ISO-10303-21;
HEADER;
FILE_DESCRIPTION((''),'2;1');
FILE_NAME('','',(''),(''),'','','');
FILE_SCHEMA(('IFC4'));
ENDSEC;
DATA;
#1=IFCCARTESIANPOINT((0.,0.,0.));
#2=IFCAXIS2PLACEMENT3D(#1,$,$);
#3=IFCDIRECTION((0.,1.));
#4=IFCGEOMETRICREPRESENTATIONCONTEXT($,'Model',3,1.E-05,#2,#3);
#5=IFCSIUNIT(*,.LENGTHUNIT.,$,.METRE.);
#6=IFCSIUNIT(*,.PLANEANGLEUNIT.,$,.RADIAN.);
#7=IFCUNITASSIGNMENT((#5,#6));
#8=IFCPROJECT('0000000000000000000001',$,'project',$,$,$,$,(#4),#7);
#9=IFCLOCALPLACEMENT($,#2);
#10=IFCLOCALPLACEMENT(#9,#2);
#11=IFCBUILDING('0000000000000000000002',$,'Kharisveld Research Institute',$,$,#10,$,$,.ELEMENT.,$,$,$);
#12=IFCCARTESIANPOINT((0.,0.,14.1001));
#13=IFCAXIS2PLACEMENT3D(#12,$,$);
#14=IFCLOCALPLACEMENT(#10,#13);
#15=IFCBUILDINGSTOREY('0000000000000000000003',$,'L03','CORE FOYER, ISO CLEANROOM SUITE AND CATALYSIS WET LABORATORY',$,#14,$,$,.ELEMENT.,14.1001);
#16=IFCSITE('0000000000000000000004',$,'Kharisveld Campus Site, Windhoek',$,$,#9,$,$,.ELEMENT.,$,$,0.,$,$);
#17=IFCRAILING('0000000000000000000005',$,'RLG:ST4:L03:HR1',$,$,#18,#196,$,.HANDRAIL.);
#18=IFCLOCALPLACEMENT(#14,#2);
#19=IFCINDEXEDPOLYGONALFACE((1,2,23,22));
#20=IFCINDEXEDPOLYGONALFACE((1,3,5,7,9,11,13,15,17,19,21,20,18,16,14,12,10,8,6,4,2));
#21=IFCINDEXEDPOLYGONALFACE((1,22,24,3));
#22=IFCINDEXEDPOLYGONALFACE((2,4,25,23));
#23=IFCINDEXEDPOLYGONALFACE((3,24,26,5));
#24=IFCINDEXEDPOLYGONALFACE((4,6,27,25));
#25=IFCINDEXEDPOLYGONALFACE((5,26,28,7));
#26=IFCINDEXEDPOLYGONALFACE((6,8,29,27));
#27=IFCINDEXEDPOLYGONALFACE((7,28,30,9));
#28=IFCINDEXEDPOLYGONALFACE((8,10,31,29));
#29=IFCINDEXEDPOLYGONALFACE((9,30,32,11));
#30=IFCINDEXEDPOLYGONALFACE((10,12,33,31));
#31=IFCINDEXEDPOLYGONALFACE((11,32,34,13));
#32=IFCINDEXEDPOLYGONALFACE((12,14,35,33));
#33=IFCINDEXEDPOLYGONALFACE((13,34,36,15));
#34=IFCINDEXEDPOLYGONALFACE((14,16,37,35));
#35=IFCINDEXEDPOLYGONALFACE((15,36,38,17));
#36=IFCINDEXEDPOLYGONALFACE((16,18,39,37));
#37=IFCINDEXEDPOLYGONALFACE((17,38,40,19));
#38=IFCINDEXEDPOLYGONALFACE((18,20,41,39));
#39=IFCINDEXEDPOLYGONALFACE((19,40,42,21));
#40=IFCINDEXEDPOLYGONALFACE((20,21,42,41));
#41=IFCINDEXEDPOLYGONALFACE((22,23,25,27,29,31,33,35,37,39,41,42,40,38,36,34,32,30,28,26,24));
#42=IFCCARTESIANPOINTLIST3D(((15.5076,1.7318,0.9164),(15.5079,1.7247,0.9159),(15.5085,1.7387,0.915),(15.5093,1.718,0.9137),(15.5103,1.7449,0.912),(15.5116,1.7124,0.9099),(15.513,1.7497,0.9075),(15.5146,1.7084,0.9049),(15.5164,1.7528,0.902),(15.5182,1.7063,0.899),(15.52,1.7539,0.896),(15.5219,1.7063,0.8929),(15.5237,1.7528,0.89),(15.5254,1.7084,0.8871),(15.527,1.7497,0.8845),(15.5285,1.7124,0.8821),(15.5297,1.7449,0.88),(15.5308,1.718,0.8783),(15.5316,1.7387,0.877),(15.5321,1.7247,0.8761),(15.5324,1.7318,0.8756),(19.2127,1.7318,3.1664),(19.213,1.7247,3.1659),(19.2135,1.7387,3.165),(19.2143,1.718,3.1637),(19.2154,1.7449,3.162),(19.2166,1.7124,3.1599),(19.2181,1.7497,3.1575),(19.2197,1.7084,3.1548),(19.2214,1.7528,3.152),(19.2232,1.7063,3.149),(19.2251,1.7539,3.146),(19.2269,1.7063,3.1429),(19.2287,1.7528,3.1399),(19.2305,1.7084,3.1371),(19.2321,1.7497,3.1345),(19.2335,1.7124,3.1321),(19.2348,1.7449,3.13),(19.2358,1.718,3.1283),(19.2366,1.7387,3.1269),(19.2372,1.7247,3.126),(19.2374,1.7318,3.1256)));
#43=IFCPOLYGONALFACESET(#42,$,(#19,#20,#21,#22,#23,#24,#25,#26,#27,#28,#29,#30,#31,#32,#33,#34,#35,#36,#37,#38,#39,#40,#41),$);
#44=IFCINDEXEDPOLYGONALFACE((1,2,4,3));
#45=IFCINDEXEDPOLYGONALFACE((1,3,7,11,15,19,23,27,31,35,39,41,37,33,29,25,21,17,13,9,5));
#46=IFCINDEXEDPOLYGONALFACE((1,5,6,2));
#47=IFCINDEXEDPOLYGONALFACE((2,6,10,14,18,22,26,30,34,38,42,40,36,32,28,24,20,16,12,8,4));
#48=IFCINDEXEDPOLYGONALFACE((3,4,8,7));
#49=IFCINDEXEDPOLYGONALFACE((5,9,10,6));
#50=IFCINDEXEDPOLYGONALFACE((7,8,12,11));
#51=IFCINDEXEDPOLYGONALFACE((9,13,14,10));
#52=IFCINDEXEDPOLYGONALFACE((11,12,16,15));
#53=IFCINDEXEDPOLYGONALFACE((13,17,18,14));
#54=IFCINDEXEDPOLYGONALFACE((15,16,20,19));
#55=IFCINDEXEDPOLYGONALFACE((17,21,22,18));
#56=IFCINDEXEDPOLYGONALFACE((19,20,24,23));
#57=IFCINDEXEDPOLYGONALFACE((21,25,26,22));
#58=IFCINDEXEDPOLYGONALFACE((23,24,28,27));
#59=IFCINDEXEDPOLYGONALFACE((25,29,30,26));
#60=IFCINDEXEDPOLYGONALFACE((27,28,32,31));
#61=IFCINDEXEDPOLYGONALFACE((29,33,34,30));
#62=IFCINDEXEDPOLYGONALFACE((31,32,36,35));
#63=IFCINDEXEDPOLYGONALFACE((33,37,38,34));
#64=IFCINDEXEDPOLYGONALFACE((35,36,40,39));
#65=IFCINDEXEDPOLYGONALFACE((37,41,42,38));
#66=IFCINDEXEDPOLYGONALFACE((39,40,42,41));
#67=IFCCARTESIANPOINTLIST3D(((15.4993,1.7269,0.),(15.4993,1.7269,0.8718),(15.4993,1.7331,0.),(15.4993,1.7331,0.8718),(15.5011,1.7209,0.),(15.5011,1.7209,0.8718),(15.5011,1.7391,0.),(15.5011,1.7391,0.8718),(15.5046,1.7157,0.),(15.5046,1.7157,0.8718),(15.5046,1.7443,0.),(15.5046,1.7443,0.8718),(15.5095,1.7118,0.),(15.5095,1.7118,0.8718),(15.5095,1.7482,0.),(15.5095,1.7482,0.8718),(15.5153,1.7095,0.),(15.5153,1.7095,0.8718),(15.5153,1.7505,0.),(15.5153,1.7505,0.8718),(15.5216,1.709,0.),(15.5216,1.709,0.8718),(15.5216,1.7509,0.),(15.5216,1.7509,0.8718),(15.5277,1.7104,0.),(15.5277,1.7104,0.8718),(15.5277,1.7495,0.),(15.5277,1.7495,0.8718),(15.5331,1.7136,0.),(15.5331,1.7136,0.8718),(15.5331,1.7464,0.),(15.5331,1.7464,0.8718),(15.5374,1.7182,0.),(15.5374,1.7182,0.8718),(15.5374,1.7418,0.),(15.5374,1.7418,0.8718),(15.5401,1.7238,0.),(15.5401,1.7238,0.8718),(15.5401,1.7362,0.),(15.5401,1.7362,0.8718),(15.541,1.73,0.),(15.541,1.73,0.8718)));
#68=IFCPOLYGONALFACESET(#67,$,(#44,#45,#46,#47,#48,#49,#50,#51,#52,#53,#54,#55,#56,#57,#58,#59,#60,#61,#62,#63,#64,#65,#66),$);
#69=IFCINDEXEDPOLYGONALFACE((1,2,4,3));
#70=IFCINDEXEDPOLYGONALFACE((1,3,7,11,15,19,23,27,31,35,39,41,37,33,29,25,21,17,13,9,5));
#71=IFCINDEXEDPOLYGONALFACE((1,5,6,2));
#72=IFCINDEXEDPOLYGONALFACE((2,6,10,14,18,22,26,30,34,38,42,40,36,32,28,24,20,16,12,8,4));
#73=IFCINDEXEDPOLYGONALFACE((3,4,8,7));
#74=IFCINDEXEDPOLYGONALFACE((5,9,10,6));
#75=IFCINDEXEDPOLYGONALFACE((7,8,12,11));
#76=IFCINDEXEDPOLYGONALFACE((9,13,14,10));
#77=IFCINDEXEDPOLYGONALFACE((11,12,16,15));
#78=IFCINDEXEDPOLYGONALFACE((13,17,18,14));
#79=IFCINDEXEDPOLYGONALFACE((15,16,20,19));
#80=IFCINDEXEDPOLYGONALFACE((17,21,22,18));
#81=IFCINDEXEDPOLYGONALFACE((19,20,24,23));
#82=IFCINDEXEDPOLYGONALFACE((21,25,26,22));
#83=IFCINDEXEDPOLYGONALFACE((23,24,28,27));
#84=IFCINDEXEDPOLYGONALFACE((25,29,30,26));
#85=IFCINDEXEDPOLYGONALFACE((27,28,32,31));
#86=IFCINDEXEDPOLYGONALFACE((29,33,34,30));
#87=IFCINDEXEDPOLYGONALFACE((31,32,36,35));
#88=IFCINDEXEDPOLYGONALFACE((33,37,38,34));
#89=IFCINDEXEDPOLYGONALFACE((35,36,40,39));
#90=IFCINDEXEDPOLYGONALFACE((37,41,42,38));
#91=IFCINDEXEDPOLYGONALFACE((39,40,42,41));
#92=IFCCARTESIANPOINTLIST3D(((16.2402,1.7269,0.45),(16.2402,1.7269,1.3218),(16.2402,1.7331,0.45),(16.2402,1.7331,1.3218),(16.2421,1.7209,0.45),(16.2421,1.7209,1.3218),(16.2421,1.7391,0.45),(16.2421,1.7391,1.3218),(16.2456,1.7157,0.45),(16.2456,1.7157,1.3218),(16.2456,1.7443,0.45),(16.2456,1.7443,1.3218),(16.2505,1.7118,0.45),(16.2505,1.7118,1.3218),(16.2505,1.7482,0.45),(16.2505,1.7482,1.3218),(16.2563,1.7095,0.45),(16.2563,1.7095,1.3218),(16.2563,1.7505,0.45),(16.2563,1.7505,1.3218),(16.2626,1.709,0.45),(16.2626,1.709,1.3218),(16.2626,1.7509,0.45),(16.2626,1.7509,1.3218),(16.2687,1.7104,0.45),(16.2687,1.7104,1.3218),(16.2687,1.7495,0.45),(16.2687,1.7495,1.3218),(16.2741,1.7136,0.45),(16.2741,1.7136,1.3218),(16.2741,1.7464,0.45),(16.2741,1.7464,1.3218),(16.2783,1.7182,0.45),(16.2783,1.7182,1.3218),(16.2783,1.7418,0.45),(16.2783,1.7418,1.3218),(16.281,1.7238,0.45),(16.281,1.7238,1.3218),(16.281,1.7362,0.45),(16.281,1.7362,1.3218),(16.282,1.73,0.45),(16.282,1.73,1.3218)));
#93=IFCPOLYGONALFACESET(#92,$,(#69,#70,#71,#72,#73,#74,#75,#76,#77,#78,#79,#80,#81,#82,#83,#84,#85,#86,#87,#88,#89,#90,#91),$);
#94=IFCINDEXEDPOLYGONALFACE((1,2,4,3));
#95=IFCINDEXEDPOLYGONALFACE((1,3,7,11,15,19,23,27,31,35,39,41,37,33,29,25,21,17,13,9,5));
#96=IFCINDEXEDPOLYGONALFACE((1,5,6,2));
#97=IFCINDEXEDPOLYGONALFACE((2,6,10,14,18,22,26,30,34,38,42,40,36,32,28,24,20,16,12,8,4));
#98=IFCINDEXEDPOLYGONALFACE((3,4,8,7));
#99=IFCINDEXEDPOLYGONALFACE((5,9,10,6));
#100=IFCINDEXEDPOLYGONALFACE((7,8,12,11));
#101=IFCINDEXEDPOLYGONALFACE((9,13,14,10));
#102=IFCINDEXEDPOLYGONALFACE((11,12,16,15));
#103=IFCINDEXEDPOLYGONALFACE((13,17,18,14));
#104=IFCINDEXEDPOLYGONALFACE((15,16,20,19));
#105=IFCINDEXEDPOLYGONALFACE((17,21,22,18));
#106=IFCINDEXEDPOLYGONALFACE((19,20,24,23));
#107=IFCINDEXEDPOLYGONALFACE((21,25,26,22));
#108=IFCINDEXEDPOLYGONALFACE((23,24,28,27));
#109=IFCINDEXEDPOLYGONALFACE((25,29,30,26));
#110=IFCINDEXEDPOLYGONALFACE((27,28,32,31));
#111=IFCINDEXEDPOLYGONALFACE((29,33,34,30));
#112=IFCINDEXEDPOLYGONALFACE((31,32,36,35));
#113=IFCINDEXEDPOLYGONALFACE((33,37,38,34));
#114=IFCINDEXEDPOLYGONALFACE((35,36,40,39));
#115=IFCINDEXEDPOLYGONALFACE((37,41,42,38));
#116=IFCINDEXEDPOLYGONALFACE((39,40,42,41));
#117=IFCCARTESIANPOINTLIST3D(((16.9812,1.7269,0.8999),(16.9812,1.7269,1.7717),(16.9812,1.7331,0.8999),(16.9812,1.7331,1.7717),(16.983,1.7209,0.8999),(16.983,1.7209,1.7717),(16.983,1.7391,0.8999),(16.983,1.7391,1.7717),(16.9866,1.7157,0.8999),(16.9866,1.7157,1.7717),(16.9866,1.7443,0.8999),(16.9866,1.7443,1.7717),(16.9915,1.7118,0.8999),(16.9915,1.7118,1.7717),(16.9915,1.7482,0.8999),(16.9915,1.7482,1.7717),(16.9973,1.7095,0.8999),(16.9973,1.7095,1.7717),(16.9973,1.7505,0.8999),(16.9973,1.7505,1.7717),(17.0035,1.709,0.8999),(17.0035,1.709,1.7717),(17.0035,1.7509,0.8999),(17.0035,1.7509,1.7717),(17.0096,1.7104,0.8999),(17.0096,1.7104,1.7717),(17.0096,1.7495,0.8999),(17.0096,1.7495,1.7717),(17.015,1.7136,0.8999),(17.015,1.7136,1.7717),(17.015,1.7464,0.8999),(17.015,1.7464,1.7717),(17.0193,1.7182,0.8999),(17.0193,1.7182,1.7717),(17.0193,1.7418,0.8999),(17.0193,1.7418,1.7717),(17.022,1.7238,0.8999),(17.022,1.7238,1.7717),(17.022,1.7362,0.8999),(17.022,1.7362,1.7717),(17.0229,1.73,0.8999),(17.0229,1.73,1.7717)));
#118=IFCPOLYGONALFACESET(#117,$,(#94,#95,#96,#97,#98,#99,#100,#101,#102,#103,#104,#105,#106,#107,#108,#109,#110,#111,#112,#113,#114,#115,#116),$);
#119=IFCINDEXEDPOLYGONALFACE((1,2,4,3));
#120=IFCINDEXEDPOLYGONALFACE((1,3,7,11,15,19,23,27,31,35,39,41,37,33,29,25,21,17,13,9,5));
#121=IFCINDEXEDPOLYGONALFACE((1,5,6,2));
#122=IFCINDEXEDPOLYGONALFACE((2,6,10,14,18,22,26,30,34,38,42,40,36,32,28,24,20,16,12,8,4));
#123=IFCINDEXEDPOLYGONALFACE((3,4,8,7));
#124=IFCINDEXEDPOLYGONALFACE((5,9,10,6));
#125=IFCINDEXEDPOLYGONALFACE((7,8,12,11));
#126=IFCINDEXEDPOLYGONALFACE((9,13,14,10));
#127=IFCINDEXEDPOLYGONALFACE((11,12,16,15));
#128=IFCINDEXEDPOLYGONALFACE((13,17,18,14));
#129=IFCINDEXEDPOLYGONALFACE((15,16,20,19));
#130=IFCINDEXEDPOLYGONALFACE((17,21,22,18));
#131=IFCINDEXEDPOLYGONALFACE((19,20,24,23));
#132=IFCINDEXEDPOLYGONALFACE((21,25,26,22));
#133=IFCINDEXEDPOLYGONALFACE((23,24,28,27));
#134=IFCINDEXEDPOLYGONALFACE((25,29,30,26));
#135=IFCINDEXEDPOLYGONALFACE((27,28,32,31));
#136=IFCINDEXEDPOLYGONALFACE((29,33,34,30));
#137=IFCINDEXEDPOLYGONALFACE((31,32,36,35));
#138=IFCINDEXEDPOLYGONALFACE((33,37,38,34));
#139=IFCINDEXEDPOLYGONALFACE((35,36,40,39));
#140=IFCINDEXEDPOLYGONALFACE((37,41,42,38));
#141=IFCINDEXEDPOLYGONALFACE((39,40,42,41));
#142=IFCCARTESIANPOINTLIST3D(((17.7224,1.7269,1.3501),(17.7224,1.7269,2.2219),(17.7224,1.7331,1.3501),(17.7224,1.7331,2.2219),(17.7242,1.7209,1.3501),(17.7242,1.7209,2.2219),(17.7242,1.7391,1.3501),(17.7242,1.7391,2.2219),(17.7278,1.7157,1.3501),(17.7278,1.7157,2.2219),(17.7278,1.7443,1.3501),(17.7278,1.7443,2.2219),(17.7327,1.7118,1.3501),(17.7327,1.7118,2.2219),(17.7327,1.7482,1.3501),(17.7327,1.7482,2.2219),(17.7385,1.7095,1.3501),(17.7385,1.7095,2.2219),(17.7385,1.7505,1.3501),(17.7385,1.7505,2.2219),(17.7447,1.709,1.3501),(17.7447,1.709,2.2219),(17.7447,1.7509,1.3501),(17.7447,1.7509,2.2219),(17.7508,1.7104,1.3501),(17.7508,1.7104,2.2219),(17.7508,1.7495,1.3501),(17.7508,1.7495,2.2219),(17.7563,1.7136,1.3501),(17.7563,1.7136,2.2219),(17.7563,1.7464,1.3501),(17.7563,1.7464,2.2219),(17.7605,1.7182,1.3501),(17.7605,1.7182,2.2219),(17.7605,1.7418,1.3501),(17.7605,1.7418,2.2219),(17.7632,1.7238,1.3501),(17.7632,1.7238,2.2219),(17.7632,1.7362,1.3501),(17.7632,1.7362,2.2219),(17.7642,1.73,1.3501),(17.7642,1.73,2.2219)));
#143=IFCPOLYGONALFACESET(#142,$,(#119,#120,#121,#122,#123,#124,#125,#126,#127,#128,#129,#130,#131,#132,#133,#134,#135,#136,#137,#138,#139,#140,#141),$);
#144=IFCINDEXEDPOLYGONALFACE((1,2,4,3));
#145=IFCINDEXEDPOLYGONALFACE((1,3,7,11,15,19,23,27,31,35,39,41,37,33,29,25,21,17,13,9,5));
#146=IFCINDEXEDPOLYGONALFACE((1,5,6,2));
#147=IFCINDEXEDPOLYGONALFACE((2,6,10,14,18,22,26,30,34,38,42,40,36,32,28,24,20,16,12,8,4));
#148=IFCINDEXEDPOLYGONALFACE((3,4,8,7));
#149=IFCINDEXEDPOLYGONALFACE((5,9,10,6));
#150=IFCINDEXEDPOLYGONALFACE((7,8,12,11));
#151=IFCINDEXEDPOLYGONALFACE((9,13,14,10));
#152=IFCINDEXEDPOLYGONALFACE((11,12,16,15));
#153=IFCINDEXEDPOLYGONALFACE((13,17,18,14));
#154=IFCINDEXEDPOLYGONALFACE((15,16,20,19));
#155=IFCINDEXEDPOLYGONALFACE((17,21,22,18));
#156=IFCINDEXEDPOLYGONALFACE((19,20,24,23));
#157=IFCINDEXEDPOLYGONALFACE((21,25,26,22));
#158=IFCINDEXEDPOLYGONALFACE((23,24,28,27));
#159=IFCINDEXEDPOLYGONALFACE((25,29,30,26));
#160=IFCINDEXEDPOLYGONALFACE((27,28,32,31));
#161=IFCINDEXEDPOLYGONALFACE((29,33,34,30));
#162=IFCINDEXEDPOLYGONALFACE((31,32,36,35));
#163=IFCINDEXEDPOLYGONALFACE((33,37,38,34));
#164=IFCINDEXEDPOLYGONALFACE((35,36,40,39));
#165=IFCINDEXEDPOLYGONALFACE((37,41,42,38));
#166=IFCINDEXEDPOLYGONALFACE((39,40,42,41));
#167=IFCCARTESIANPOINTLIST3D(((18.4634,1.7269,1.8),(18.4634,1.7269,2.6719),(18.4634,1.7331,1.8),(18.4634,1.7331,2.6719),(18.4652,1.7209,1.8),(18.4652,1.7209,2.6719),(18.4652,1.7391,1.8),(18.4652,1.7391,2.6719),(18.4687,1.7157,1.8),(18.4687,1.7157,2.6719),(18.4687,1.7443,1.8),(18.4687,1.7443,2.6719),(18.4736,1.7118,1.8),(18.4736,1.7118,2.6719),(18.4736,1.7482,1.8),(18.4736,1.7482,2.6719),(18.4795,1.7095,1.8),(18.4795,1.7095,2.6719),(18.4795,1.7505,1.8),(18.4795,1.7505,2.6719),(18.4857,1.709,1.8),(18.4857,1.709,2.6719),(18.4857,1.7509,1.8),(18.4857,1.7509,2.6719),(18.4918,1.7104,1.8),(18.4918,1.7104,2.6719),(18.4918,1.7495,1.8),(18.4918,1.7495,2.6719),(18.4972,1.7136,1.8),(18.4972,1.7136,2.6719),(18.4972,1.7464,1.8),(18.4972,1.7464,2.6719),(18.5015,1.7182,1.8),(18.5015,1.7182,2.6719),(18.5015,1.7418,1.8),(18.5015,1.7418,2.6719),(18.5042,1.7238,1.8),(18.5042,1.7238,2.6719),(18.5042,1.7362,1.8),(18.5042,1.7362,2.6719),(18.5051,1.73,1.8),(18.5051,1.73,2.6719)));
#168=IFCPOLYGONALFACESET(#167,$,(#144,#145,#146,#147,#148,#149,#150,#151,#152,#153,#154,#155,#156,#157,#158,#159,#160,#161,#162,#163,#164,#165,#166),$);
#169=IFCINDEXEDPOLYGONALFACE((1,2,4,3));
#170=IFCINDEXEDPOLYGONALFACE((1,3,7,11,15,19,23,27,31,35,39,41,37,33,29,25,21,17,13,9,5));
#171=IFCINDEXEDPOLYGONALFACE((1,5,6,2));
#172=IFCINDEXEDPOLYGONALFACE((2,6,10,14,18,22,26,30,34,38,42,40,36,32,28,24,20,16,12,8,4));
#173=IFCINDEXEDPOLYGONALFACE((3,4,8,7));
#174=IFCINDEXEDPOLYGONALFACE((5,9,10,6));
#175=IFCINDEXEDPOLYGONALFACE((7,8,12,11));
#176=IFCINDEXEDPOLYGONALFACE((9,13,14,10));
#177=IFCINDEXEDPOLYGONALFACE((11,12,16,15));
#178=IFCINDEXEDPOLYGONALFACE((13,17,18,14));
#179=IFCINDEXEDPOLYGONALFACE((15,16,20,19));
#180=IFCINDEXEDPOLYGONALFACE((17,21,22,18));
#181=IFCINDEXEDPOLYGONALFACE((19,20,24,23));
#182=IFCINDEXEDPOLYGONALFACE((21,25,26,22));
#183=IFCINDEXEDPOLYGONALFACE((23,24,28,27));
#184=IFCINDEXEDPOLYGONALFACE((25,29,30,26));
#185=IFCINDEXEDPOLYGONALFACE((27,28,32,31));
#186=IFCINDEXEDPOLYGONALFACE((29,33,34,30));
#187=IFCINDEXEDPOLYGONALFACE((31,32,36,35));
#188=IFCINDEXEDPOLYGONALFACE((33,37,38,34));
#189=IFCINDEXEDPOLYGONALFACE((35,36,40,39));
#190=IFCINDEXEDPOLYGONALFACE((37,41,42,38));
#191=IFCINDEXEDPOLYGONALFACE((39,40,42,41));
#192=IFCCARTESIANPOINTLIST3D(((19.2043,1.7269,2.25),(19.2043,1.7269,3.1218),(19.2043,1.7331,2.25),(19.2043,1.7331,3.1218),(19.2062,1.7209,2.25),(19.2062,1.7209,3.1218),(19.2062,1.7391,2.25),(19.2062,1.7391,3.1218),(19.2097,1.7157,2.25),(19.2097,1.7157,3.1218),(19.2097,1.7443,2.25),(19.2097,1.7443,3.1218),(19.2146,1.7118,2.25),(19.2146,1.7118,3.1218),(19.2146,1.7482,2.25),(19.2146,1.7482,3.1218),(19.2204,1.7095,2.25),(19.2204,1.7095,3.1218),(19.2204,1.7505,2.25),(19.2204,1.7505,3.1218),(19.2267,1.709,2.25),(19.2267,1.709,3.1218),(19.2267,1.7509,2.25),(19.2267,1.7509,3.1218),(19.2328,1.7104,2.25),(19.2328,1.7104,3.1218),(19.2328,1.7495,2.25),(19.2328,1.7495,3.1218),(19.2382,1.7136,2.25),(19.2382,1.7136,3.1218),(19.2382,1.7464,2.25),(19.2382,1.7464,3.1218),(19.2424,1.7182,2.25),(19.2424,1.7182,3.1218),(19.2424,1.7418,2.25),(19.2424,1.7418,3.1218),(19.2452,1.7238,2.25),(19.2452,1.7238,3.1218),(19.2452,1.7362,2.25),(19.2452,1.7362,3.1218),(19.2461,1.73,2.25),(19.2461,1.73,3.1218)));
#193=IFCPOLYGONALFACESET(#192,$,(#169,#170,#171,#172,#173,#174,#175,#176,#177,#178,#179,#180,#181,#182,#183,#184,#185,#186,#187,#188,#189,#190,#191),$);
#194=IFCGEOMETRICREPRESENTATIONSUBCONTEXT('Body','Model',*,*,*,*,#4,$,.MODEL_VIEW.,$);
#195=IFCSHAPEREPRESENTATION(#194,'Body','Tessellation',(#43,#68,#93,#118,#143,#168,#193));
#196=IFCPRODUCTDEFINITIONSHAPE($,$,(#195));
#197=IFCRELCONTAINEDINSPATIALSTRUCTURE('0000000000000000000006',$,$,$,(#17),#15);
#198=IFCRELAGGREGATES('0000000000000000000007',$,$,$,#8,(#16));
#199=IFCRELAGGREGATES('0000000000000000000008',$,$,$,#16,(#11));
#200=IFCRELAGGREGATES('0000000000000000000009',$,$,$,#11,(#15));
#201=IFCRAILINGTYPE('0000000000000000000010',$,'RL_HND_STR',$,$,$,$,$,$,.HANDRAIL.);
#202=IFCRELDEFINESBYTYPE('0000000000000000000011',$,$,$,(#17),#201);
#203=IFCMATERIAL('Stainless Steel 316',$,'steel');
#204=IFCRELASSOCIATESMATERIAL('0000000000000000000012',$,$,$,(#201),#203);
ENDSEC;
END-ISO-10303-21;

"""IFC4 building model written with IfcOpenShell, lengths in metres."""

from ifc_helpers import new_model, si_unit, direction, frame, origin, origin_2d, place, context, subcontext, project, spatial, circle, extrude, material, type_object, element, save


model = new_model("IFC4")

# Units and contexts
model_context = context("Model", 3, precision=1e-05, world=origin(), true_north=direction((0.0, 1.0)))
body_context = subcontext(model_context, "Body", "Model", "MODEL_VIEW")
ifc_project = project(units=[si_unit("LENGTHUNIT", "METRE"), si_unit("PLANEANGLEUNIT", "RADIAN")], contexts=[model_context])

# Site, building, storey
site_placement = place(None, origin())
site = spatial("IfcSite", under=ifc_project, at=site_placement, Name="Kharisveld Campus Site, Windhoek", CompositionType="ELEMENT", RefElevation=0.0)
building_placement = place(site_placement, origin())
building = spatial("IfcBuilding", under=site, at=building_placement, Name="Kharisveld Research Institute", CompositionType="ELEMENT")
storey_placement = place(building_placement, frame((0.0, 0.0, 14.1001)))
storey = spatial("IfcBuildingStorey", under=building, at=storey_placement, Name="L03", Description="CORE FOYER, ISO CLEANROOM SUITE AND CATALYSIS WET LABORATORY", CompositionType="ELEMENT", Elevation=14.1001)

# Railing
ifc_material_1 = material(Name="Stainless Steel 316", Category="steel")
railing_type_1 = type_object("IfcRailingType", Name="RL_HND_STR", PredefinedType="HANDRAIL", material=ifc_material_1)
railing_1_placement = place(storey_placement, frame((15.52, 1.73, 0.0)))
element("IfcRailing", 1, at=railing_1_placement, inside=storey, type_object=railing_type_1, Name="RLG:ST4:L03:HR1", PredefinedType="HANDRAIL", context=body_context, shape_type="SweptSolid", body=[
    extrude(circle(Radius=0.0239, at=origin_2d()), frame((0.0, 0.0, 0.896), z_axis=(0.854738, 0.0, 0.51906), x_axis=(0.0, 1.0, 0.0)), (0.0, 0.0, 1.0), 4.3347),
    extrude(circle(Radius=0.021, at=origin_2d()), origin(), (0.0, 0.0, 1.0), 0.8718),
    extrude(circle(Radius=0.021, at=origin_2d()), frame((0.741, 0.0, 0.45)), (0.0, 0.0, 1.0), 0.8718),
    extrude(circle(Radius=0.021, at=origin_2d()), frame((1.4819, 0.0, 0.8999)), (0.0, 0.0, 1.0), 0.8718),
    extrude(circle(Radius=0.021, at=origin_2d()), frame((2.2231, 0.0, 1.3501)), (0.0, 0.0, 1.0), 0.8718),
    extrude(circle(Radius=0.021, at=origin_2d()), frame((2.9641, 0.0, 1.8)), (0.0, 0.0, 1.0), 0.8718),
    extrude(circle(Radius=0.021, at=origin_2d()), frame((3.7051, 0.0, 2.25)), (0.0, 0.0, 1.0), 0.8718),
])

save(model, "model.ifc")
